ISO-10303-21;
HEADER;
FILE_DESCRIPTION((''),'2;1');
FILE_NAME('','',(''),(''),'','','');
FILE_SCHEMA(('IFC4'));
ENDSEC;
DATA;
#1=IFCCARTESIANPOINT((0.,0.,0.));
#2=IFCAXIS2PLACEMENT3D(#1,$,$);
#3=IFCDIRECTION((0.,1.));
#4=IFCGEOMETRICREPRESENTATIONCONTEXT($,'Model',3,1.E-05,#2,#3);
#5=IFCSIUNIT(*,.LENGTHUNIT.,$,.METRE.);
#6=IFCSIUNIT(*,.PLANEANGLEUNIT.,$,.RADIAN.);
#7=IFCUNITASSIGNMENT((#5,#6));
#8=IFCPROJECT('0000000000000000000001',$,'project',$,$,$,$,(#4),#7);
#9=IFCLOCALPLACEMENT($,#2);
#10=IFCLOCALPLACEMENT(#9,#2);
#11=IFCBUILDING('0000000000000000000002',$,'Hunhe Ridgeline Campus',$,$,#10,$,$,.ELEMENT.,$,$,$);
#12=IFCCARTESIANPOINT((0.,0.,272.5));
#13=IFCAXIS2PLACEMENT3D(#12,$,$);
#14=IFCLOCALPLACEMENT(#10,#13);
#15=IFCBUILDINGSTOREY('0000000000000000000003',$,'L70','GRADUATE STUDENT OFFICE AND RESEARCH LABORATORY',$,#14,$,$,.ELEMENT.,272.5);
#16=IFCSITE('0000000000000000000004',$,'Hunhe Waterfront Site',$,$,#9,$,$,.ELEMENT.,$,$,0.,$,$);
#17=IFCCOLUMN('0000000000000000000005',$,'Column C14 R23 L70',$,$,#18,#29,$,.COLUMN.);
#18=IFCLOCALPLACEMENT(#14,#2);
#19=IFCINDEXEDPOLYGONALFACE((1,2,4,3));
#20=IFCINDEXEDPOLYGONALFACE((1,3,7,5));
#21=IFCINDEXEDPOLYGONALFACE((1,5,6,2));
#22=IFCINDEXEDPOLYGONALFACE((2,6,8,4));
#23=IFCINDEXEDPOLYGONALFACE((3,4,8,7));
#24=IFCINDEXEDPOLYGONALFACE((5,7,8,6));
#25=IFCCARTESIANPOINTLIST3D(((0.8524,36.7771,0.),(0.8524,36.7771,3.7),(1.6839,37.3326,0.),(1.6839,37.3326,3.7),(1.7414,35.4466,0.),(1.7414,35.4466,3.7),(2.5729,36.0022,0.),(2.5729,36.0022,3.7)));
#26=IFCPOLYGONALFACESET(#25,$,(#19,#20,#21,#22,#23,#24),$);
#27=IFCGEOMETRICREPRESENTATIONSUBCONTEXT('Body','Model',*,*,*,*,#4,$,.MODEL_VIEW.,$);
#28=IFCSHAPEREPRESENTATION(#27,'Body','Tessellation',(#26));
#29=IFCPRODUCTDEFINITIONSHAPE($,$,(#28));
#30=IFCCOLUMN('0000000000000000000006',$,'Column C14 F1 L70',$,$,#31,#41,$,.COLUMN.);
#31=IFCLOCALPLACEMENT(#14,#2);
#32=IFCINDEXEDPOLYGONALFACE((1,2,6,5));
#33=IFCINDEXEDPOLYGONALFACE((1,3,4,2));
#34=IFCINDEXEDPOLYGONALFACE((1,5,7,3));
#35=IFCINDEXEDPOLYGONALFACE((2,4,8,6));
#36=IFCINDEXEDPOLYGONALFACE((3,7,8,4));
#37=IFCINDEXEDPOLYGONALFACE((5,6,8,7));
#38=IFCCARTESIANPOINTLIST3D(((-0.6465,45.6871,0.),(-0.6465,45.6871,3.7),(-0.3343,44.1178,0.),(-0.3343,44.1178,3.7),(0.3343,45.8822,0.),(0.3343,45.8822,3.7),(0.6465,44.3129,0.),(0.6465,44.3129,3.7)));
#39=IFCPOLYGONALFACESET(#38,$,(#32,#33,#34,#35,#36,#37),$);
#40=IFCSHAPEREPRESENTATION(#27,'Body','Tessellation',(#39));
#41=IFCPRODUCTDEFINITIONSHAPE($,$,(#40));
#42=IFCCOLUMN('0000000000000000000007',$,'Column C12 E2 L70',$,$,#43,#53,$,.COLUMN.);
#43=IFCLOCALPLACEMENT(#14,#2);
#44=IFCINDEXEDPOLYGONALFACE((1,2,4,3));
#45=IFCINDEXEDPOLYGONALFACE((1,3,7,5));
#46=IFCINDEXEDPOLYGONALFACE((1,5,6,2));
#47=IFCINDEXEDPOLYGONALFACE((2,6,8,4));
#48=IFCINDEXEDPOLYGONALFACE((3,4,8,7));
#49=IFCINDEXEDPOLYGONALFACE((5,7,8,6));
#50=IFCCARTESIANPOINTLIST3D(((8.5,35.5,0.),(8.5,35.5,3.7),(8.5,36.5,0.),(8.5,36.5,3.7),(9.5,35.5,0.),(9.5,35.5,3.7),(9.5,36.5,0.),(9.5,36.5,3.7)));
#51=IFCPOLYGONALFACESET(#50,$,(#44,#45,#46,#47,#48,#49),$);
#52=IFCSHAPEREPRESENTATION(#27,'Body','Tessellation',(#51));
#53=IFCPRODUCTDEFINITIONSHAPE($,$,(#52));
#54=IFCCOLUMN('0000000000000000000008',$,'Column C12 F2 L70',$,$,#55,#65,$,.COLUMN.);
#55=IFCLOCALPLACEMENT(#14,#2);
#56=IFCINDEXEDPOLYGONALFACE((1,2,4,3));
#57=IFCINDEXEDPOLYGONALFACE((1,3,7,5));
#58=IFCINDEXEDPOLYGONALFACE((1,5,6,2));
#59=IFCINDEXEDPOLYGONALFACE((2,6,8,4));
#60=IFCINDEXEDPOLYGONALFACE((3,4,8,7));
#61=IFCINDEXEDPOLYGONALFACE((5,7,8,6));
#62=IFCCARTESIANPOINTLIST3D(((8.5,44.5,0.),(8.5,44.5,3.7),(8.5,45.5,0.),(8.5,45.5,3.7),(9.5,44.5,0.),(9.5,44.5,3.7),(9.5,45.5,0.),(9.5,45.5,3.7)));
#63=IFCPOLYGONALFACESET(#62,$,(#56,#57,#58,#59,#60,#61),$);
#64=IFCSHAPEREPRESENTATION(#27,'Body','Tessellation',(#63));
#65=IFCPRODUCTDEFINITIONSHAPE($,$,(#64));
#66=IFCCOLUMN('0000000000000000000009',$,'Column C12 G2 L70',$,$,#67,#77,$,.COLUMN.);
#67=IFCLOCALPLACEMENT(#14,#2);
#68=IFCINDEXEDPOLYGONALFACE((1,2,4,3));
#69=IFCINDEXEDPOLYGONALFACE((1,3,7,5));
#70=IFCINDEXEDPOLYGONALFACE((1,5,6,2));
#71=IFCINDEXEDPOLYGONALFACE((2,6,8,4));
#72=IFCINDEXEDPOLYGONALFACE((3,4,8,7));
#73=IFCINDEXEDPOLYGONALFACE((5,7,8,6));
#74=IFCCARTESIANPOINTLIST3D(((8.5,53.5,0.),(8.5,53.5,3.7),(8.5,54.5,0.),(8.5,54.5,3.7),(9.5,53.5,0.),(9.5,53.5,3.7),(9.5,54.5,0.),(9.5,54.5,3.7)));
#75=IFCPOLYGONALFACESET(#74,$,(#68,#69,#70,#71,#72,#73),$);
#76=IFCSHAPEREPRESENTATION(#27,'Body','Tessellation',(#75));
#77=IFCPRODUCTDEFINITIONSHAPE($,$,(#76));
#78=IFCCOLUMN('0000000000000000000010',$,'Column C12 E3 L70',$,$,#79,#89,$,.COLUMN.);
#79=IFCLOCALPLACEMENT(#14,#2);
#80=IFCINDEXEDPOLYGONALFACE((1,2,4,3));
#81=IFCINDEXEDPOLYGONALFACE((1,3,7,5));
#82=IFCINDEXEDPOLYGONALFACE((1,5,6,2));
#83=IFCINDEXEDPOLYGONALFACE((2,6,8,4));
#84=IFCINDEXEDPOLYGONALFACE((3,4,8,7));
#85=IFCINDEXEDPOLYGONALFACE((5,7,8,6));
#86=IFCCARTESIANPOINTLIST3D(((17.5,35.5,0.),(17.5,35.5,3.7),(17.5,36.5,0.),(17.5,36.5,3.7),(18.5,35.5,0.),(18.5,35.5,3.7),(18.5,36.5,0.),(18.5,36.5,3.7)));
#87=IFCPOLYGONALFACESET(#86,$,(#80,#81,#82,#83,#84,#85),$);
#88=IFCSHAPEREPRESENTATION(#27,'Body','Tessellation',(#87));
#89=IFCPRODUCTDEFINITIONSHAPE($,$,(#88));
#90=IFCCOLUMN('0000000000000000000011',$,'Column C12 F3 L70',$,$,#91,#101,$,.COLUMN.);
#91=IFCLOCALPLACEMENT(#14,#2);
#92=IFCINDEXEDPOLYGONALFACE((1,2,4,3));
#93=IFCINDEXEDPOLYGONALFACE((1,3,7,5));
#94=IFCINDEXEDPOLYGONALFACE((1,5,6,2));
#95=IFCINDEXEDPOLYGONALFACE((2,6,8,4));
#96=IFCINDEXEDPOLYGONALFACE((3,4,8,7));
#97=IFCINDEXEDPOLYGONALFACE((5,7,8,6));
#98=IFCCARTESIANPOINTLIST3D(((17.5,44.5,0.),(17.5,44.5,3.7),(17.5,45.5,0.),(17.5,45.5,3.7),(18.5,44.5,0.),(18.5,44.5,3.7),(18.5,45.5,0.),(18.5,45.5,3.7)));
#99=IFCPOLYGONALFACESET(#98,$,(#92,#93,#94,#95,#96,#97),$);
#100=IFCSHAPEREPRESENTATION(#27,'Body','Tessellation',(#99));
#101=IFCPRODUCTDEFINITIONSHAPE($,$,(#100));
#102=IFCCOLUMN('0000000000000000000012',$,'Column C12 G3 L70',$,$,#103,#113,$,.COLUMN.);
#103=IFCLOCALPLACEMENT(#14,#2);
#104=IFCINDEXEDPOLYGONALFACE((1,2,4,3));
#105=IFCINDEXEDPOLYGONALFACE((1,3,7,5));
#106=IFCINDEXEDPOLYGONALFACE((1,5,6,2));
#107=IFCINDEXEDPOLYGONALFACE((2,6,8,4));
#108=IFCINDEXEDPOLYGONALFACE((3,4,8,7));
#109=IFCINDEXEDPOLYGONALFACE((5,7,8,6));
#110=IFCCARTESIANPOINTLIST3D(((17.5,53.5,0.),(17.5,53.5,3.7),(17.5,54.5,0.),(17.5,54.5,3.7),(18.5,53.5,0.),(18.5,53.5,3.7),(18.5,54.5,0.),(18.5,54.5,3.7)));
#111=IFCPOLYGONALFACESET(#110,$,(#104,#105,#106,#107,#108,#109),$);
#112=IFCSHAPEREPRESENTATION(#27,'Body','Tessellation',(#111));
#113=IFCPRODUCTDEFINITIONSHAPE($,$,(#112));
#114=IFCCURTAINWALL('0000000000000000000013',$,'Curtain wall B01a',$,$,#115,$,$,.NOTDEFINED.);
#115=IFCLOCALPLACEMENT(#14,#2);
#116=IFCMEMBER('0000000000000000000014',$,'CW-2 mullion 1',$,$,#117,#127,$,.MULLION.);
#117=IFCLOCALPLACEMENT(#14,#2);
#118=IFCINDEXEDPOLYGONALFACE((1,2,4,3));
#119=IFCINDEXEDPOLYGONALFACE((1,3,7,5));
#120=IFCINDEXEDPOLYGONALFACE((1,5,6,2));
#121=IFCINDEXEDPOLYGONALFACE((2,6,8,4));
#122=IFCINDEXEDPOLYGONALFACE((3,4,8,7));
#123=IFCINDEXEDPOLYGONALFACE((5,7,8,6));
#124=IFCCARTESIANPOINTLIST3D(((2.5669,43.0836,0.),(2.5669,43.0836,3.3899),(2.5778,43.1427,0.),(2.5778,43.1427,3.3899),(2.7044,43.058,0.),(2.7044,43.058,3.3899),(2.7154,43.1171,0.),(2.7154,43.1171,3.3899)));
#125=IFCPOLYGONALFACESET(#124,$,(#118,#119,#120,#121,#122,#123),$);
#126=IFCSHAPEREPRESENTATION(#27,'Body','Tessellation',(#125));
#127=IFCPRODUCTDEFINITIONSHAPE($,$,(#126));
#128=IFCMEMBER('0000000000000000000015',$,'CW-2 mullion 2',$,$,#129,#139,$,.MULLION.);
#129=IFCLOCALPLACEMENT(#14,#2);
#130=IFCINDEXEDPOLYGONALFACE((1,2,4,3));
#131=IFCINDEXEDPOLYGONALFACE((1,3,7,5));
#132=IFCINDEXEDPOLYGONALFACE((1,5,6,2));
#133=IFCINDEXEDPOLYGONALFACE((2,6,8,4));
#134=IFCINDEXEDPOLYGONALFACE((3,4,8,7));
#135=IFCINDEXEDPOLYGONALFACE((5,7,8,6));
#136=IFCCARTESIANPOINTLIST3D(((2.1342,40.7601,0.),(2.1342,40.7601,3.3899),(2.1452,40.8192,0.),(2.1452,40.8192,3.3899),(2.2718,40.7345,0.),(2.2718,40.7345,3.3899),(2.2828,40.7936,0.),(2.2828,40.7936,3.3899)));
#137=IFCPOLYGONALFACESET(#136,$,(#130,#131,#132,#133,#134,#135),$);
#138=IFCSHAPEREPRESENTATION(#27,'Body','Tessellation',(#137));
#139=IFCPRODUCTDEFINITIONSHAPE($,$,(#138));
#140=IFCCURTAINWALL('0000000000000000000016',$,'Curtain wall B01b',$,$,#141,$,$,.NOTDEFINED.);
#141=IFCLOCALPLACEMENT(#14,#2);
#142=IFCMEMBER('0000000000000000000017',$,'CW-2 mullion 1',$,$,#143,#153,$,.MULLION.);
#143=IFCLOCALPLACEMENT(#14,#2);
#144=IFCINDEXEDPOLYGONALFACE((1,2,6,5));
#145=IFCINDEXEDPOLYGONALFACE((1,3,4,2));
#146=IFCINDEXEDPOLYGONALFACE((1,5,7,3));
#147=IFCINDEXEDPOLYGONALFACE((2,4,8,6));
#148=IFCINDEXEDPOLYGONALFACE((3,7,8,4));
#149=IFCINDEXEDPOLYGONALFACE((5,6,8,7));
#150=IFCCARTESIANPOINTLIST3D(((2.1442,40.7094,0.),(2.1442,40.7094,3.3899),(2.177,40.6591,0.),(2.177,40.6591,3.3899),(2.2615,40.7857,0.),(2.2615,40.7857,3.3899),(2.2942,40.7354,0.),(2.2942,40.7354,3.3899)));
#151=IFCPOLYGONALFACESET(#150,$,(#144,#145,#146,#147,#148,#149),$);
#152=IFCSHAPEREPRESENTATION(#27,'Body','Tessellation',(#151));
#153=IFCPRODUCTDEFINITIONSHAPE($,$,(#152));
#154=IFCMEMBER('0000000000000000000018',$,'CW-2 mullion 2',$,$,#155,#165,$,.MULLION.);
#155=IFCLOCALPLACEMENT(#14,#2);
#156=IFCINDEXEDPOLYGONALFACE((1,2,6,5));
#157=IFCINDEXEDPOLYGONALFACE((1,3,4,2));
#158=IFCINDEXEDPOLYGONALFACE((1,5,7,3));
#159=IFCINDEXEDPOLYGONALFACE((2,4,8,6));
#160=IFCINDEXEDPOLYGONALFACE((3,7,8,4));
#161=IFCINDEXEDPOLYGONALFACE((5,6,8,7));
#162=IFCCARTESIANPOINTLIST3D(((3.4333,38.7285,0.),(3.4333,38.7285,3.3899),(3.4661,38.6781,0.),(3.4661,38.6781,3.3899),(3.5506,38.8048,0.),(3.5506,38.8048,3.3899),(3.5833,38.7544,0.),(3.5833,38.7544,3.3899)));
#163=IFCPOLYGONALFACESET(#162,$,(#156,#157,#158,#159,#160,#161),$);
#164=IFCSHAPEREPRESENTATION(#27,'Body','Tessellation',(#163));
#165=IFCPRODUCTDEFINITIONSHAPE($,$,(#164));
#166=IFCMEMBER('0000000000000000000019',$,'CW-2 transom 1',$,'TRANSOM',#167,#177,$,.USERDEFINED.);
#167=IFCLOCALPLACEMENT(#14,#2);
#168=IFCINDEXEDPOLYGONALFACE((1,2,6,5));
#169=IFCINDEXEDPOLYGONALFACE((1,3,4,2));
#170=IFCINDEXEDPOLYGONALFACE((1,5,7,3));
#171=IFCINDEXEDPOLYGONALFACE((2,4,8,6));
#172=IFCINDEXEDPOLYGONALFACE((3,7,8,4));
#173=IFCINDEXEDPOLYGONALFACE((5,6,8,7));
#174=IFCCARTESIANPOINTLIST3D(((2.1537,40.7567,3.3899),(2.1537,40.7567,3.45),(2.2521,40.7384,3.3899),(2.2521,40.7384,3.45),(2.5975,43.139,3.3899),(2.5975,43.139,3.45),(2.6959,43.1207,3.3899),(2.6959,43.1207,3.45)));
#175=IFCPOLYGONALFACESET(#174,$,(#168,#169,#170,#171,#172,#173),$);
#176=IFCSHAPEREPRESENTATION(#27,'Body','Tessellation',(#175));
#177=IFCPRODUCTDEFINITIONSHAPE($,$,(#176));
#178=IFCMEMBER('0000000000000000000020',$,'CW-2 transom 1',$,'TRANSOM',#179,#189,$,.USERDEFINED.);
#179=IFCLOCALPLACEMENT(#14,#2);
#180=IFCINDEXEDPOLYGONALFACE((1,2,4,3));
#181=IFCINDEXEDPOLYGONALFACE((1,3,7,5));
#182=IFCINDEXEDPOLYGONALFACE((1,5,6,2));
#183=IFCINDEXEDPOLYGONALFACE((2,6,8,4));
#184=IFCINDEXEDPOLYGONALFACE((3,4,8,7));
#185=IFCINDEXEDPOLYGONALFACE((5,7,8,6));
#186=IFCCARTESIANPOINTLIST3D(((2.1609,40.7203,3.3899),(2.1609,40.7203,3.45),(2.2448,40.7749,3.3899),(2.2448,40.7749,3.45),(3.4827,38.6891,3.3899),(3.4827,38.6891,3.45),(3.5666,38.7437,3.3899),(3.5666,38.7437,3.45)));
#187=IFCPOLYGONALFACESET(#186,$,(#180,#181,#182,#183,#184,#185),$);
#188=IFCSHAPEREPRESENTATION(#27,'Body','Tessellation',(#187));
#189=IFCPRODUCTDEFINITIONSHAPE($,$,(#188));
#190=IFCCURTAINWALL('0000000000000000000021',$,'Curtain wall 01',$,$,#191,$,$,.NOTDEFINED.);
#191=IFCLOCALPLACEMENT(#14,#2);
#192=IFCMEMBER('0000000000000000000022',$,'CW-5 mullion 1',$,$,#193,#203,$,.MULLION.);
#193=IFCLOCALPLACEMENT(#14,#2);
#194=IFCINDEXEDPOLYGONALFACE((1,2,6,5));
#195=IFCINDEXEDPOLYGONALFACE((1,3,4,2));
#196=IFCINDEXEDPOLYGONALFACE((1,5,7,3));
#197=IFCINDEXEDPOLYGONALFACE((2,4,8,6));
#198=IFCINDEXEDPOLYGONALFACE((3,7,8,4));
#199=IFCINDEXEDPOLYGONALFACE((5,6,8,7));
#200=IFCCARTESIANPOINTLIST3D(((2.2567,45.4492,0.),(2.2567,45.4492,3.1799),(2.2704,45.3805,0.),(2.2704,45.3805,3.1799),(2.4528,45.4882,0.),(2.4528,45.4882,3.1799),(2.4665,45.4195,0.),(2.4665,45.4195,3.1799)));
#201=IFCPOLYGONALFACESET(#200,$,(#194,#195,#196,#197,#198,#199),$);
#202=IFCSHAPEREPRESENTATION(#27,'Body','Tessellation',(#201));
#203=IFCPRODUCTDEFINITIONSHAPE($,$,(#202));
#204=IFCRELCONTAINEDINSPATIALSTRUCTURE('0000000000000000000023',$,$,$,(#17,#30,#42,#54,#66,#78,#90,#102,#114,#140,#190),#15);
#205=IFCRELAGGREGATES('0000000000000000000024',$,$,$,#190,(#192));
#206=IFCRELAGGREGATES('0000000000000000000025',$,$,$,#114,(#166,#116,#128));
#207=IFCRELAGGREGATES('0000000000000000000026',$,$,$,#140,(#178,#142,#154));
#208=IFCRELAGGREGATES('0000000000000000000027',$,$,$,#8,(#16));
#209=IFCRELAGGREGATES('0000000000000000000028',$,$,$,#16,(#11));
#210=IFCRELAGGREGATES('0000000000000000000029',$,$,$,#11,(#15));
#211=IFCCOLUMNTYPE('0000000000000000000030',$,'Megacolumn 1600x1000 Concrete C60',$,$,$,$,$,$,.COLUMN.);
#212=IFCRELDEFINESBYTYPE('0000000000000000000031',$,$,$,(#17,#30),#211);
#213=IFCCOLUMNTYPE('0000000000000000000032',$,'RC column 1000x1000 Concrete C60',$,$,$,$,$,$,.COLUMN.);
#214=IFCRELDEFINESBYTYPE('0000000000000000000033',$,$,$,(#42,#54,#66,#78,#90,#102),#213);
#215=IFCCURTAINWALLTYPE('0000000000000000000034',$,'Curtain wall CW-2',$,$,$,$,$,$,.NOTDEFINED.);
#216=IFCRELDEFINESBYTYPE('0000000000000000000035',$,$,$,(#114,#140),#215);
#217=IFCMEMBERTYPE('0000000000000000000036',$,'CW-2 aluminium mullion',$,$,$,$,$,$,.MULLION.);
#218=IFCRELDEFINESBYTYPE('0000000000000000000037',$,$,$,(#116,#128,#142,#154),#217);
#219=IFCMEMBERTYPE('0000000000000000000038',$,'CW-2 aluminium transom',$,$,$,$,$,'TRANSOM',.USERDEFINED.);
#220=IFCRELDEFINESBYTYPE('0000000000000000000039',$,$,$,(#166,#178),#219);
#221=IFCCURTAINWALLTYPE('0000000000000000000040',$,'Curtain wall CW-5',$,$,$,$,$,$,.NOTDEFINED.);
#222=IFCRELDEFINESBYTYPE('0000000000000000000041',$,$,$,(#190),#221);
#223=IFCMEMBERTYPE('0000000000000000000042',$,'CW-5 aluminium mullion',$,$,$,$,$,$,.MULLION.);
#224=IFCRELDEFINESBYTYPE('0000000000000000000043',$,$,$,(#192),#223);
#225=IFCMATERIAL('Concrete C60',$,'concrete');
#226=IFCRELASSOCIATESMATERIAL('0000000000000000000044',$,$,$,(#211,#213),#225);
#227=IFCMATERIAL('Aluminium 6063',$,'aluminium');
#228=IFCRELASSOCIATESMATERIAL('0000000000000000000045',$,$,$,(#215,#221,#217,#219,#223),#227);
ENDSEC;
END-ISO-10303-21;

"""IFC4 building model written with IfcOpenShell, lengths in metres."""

from ifc_helpers import new_model, si_unit, direction, frame, origin, origin_2d, place, context, subcontext, project, spatial, rectangle, extrude, material, material_profile, profile_set, type_object, element, aggregate, save


model = new_model("IFC4")

# Units and contexts
model_context = context("Model", 3, precision=1e-05, world=origin(), true_north=direction((0.0, 1.0)))
body_context = subcontext(model_context, "Body", "Model", "MODEL_VIEW")
ifc_project = project(units=[si_unit("LENGTHUNIT", "METRE"), si_unit("PLANEANGLEUNIT", "RADIAN")], contexts=[model_context])

# Site, building, storey
site_placement = place(None, origin())
site = spatial("IfcSite", under=ifc_project, at=site_placement, Name="Hunhe Waterfront Site", CompositionType="ELEMENT", RefElevation=0.0)
building_placement = place(site_placement, origin())
building = spatial("IfcBuilding", under=site, at=building_placement, Name="Hunhe Ridgeline Campus", CompositionType="ELEMENT")
storey_placement = place(building_placement, frame((0.0, 0.0, 272.5)))
storey = spatial("IfcBuildingStorey", under=building, at=storey_placement, Name="L70", Description="GRADUATE STUDENT OFFICE AND RESEARCH LABORATORY", CompositionType="ELEMENT", Elevation=272.5)

# Columns
ifc_material_1 = material(Name="Concrete C60", Category="concrete")
ifc_material_profile_1 = material_profile(ifc_material_1, rectangle(XDim=1.6001, YDim=1.0, at=origin_2d()))
ifc_profile_set_1 = profile_set([ifc_material_profile_1], Name="Concrete C60")
column_type_1 = type_object("IfcColumnType", Name="Megacolumn 1600x1000 Concrete C60", PredefinedType="COLUMN", material=ifc_profile_set_1)
for number, where, z_axis, x_axis, name in (
    (1, (1.7126, 36.3896, 0.0), (0.0, 0.0, 1.0), (-0.55557, 0.83147, 0.0), "Column C14 R23 L70"),
    (2, (0.0, 45.0, 0.0), (0.0, 0.0, 1.0), (-0.19509, 0.980785, 0.0), "Column C14 F1 L70"),
):
    element("IfcColumn", number, at=place(storey_placement, frame(where, z_axis=z_axis, x_axis=x_axis)), inside=storey, type_object=column_type_1, Name=name, PredefinedType="COLUMN", context=body_context, shape_type="SweptSolid", body=[
        extrude(rectangle(XDim=1.6001, YDim=1.0, at=origin_2d()), origin(), (0.0, 0.0, 1.0), 3.7),
    ])
ifc_material_profile_2 = material_profile(ifc_material_1, rectangle(XDim=1.0, YDim=1.0, at=origin_2d()))
ifc_profile_set_2 = profile_set([ifc_material_profile_2], Name="Concrete C60")
column_type_2 = type_object("IfcColumnType", Name="RC column 1000x1000 Concrete C60", PredefinedType="COLUMN", material=ifc_profile_set_2)
for number, where, z_axis, x_axis, name in (
    (3, (9.0, 36.0, 0.0), (0.0, 0.0, 1.0), (1.0, 0.0, 0.0), "Column C12 E2 L70"),
    (4, (9.0, 45.0, 0.0), (0.0, 0.0, 1.0), (1.0, 0.0, 0.0), "Column C12 F2 L70"),
    (5, (9.0, 54.0, 0.0), (0.0, 0.0, 1.0), (1.0, 0.0, 0.0), "Column C12 G2 L70"),
    (6, (18.0, 36.0, 0.0), (0.0, 0.0, 1.0), (1.0, 0.0, 0.0), "Column C12 E3 L70"),
    (7, (18.0, 45.0, 0.0), (0.0, 0.0, 1.0), (1.0, 0.0, 0.0), "Column C12 F3 L70"),
    (8, (18.0, 54.0, 0.0), (0.0, 0.0, 1.0), (1.0, 0.0, 0.0), "Column C12 G3 L70"),
):
    element("IfcColumn", number, at=place(storey_placement, frame(where, z_axis=z_axis, x_axis=x_axis)), inside=storey, type_object=column_type_2, Name=name, PredefinedType="COLUMN", context=body_context, shape_type="SweptSolid", body=[
        extrude(rectangle(XDim=1.0, YDim=1.0, at=origin_2d()), origin(), (0.0, 0.0, 1.0), 3.7),
    ])

# Curtain walls, members
ifc_material_2 = material(Name="Aluminium 6063", Category="aluminium")
curtain_wall_type_1 = type_object("IfcCurtainWallType", Name="Curtain wall CW-2", PredefinedType="NOTDEFINED", material=ifc_material_2)
curtain_wall_1_placement = place(storey_placement, origin())
curtain_wall_1 = element("IfcCurtainWall", 9, at=curtain_wall_1_placement, inside=storey, type_object=curtain_wall_type_1, Name="Curtain wall B01a", PredefinedType="NOTDEFINED")
ifc_material_profile_3 = material_profile(ifc_material_2, rectangle(XDim=0.1399, YDim=0.0601, at=origin_2d()))
ifc_profile_set_3 = profile_set([ifc_material_profile_3], Name="Aluminium 6063")
member_type_1 = type_object("IfcMemberType", Name="CW-2 aluminium mullion", PredefinedType="MULLION", material=ifc_profile_set_3)
member_1_placement = place(storey_placement, frame((2.6411, 43.1003, 0.0), z_axis=(0.0, 0.0, 1.0), x_axis=(0.983092, -0.183113, 0.0)))
member_1 = element("IfcMember", 10, at=member_1_placement, type_object=member_type_1, Name="CW-2 mullion 1", PredefinedType="MULLION", context=body_context, shape_type="SweptSolid", body=[
    extrude(rectangle(XDim=0.1399, YDim=0.0601, at=origin_2d()), origin(), (0.0, 0.0, 1.0), 3.3899),
])
member_2_placement = place(storey_placement, frame((2.2085, 40.7769, 0.0), z_axis=(0.0, 0.0, 1.0), x_axis=(0.983092, -0.183113, 0.0)))
member_2 = element("IfcMember", 11, at=member_2_placement, type_object=member_type_1, Name="CW-2 mullion 2", PredefinedType="MULLION", context=body_context, shape_type="SweptSolid", body=[
    extrude(rectangle(XDim=0.1399, YDim=0.0601, at=origin_2d()), origin(), (0.0, 0.0, 1.0), 3.3899),
])
curtain_wall_2_placement = place(storey_placement, origin())
curtain_wall_2 = element("IfcCurtainWall", 12, at=curtain_wall_2_placement, inside=storey, type_object=curtain_wall_type_1, Name="Curtain wall B01b", PredefinedType="NOTDEFINED")
member_3_placement = place(storey_placement, frame((2.2192, 40.7224, 0.0), z_axis=(0.0, 0.0, 1.0), x_axis=(0.838179, 0.545395, 0.0)))
member_3 = element("IfcMember", 13, at=member_3_placement, type_object=member_type_1, Name="CW-2 mullion 1", PredefinedType="MULLION", context=body_context, shape_type="SweptSolid", body=[
    extrude(rectangle(XDim=0.1399, YDim=0.0601, at=origin_2d()), origin(), (0.0, 0.0, 1.0), 3.3899),
])
member_4_placement = place(storey_placement, frame((3.5083, 38.7415, 0.0), z_axis=(0.0, 0.0, 1.0), x_axis=(0.838179, 0.545395, 0.0)))
member_4 = element("IfcMember", 14, at=member_4_placement, type_object=member_type_1, Name="CW-2 mullion 2", PredefinedType="MULLION", context=body_context, shape_type="SweptSolid", body=[
    extrude(rectangle(XDim=0.1399, YDim=0.0601, at=origin_2d()), origin(), (0.0, 0.0, 1.0), 3.3899),
])

# Members
ifc_material_profile_4 = material_profile(ifc_material_2, rectangle(XDim=0.1001, YDim=0.0601, at=origin_2d()))
ifc_profile_set_4 = profile_set([ifc_material_profile_4], Name="Aluminium 6063")
member_type_2 = type_object("IfcMemberType", Name="CW-2 aluminium transom", ElementType="TRANSOM", PredefinedType="USERDEFINED", material=ifc_profile_set_4)
member_5_placement = place(storey_placement, frame((2.6467, 43.1299, 3.4199), z_axis=(-0.183157, -0.983084, 0.0), x_axis=(0.983084, -0.183157, 0.0)))
member_5 = element("IfcMember", 15, at=member_5_placement, type_object=member_type_2, Name="CW-2 transom 1", ObjectType="TRANSOM", PredefinedType="USERDEFINED", context=body_context, shape_type="SweptSolid", body=[
    extrude(rectangle(XDim=0.1001, YDim=0.0601, at=origin_2d()), origin(), (0.0, 0.0, 1.0), 2.4233),
])
member_6_placement = place(storey_placement, frame((2.2029, 40.7476, 3.4199), z_axis=(0.545413, -0.838167, 0.0), x_axis=(0.838167, 0.545413, 0.0)))
member_6 = element("IfcMember", 16, at=member_6_placement, type_object=member_type_2, Name="CW-2 transom 1", ObjectType="TRANSOM", PredefinedType="USERDEFINED", context=body_context, shape_type="SweptSolid", body=[
    extrude(rectangle(XDim=0.1001, YDim=0.0601, at=origin_2d()), origin(), (0.0, 0.0, 1.0), 2.4233),
])

# Curtain wall, member
curtain_wall_type_2 = type_object("IfcCurtainWallType", Name="Curtain wall CW-5", PredefinedType="NOTDEFINED", material=ifc_material_2)
curtain_wall_3_placement = place(storey_placement, origin())
curtain_wall_3 = element("IfcCurtainWall", 17, at=curtain_wall_3_placement, inside=storey, type_object=curtain_wall_type_2, Name="Curtain wall 01", PredefinedType="NOTDEFINED")
ifc_material_profile_5 = material_profile(ifc_material_2, rectangle(XDim=0.2, YDim=0.0701, at=origin_2d()))
ifc_profile_set_5 = profile_set([ifc_material_profile_5], Name="Aluminium 6063")
member_type_3 = type_object("IfcMemberType", Name="CW-5 aluminium mullion", PredefinedType="MULLION", material=ifc_profile_set_5)
member_7_placement = place(storey_placement, frame((2.3616, 45.4343, 0.0), z_axis=(0.0, 0.0, 1.0), x_axis=(0.980784, 0.195095, 0.0)))
member_7 = element("IfcMember", 18, at=member_7_placement, type_object=member_type_3, Name="CW-5 mullion 1", PredefinedType="MULLION", context=body_context, shape_type="SweptSolid", body=[
    extrude(rectangle(XDim=0.2, YDim=0.0701, at=origin_2d()), origin(), (0.0, 0.0, 1.0), 3.1799),
])

aggregate(curtain_wall_3, [member_7])
aggregate(curtain_wall_1, [member_5, member_1, member_2])
aggregate(curtain_wall_2, [member_6, member_3, member_4])

save(model, "model.ifc")
